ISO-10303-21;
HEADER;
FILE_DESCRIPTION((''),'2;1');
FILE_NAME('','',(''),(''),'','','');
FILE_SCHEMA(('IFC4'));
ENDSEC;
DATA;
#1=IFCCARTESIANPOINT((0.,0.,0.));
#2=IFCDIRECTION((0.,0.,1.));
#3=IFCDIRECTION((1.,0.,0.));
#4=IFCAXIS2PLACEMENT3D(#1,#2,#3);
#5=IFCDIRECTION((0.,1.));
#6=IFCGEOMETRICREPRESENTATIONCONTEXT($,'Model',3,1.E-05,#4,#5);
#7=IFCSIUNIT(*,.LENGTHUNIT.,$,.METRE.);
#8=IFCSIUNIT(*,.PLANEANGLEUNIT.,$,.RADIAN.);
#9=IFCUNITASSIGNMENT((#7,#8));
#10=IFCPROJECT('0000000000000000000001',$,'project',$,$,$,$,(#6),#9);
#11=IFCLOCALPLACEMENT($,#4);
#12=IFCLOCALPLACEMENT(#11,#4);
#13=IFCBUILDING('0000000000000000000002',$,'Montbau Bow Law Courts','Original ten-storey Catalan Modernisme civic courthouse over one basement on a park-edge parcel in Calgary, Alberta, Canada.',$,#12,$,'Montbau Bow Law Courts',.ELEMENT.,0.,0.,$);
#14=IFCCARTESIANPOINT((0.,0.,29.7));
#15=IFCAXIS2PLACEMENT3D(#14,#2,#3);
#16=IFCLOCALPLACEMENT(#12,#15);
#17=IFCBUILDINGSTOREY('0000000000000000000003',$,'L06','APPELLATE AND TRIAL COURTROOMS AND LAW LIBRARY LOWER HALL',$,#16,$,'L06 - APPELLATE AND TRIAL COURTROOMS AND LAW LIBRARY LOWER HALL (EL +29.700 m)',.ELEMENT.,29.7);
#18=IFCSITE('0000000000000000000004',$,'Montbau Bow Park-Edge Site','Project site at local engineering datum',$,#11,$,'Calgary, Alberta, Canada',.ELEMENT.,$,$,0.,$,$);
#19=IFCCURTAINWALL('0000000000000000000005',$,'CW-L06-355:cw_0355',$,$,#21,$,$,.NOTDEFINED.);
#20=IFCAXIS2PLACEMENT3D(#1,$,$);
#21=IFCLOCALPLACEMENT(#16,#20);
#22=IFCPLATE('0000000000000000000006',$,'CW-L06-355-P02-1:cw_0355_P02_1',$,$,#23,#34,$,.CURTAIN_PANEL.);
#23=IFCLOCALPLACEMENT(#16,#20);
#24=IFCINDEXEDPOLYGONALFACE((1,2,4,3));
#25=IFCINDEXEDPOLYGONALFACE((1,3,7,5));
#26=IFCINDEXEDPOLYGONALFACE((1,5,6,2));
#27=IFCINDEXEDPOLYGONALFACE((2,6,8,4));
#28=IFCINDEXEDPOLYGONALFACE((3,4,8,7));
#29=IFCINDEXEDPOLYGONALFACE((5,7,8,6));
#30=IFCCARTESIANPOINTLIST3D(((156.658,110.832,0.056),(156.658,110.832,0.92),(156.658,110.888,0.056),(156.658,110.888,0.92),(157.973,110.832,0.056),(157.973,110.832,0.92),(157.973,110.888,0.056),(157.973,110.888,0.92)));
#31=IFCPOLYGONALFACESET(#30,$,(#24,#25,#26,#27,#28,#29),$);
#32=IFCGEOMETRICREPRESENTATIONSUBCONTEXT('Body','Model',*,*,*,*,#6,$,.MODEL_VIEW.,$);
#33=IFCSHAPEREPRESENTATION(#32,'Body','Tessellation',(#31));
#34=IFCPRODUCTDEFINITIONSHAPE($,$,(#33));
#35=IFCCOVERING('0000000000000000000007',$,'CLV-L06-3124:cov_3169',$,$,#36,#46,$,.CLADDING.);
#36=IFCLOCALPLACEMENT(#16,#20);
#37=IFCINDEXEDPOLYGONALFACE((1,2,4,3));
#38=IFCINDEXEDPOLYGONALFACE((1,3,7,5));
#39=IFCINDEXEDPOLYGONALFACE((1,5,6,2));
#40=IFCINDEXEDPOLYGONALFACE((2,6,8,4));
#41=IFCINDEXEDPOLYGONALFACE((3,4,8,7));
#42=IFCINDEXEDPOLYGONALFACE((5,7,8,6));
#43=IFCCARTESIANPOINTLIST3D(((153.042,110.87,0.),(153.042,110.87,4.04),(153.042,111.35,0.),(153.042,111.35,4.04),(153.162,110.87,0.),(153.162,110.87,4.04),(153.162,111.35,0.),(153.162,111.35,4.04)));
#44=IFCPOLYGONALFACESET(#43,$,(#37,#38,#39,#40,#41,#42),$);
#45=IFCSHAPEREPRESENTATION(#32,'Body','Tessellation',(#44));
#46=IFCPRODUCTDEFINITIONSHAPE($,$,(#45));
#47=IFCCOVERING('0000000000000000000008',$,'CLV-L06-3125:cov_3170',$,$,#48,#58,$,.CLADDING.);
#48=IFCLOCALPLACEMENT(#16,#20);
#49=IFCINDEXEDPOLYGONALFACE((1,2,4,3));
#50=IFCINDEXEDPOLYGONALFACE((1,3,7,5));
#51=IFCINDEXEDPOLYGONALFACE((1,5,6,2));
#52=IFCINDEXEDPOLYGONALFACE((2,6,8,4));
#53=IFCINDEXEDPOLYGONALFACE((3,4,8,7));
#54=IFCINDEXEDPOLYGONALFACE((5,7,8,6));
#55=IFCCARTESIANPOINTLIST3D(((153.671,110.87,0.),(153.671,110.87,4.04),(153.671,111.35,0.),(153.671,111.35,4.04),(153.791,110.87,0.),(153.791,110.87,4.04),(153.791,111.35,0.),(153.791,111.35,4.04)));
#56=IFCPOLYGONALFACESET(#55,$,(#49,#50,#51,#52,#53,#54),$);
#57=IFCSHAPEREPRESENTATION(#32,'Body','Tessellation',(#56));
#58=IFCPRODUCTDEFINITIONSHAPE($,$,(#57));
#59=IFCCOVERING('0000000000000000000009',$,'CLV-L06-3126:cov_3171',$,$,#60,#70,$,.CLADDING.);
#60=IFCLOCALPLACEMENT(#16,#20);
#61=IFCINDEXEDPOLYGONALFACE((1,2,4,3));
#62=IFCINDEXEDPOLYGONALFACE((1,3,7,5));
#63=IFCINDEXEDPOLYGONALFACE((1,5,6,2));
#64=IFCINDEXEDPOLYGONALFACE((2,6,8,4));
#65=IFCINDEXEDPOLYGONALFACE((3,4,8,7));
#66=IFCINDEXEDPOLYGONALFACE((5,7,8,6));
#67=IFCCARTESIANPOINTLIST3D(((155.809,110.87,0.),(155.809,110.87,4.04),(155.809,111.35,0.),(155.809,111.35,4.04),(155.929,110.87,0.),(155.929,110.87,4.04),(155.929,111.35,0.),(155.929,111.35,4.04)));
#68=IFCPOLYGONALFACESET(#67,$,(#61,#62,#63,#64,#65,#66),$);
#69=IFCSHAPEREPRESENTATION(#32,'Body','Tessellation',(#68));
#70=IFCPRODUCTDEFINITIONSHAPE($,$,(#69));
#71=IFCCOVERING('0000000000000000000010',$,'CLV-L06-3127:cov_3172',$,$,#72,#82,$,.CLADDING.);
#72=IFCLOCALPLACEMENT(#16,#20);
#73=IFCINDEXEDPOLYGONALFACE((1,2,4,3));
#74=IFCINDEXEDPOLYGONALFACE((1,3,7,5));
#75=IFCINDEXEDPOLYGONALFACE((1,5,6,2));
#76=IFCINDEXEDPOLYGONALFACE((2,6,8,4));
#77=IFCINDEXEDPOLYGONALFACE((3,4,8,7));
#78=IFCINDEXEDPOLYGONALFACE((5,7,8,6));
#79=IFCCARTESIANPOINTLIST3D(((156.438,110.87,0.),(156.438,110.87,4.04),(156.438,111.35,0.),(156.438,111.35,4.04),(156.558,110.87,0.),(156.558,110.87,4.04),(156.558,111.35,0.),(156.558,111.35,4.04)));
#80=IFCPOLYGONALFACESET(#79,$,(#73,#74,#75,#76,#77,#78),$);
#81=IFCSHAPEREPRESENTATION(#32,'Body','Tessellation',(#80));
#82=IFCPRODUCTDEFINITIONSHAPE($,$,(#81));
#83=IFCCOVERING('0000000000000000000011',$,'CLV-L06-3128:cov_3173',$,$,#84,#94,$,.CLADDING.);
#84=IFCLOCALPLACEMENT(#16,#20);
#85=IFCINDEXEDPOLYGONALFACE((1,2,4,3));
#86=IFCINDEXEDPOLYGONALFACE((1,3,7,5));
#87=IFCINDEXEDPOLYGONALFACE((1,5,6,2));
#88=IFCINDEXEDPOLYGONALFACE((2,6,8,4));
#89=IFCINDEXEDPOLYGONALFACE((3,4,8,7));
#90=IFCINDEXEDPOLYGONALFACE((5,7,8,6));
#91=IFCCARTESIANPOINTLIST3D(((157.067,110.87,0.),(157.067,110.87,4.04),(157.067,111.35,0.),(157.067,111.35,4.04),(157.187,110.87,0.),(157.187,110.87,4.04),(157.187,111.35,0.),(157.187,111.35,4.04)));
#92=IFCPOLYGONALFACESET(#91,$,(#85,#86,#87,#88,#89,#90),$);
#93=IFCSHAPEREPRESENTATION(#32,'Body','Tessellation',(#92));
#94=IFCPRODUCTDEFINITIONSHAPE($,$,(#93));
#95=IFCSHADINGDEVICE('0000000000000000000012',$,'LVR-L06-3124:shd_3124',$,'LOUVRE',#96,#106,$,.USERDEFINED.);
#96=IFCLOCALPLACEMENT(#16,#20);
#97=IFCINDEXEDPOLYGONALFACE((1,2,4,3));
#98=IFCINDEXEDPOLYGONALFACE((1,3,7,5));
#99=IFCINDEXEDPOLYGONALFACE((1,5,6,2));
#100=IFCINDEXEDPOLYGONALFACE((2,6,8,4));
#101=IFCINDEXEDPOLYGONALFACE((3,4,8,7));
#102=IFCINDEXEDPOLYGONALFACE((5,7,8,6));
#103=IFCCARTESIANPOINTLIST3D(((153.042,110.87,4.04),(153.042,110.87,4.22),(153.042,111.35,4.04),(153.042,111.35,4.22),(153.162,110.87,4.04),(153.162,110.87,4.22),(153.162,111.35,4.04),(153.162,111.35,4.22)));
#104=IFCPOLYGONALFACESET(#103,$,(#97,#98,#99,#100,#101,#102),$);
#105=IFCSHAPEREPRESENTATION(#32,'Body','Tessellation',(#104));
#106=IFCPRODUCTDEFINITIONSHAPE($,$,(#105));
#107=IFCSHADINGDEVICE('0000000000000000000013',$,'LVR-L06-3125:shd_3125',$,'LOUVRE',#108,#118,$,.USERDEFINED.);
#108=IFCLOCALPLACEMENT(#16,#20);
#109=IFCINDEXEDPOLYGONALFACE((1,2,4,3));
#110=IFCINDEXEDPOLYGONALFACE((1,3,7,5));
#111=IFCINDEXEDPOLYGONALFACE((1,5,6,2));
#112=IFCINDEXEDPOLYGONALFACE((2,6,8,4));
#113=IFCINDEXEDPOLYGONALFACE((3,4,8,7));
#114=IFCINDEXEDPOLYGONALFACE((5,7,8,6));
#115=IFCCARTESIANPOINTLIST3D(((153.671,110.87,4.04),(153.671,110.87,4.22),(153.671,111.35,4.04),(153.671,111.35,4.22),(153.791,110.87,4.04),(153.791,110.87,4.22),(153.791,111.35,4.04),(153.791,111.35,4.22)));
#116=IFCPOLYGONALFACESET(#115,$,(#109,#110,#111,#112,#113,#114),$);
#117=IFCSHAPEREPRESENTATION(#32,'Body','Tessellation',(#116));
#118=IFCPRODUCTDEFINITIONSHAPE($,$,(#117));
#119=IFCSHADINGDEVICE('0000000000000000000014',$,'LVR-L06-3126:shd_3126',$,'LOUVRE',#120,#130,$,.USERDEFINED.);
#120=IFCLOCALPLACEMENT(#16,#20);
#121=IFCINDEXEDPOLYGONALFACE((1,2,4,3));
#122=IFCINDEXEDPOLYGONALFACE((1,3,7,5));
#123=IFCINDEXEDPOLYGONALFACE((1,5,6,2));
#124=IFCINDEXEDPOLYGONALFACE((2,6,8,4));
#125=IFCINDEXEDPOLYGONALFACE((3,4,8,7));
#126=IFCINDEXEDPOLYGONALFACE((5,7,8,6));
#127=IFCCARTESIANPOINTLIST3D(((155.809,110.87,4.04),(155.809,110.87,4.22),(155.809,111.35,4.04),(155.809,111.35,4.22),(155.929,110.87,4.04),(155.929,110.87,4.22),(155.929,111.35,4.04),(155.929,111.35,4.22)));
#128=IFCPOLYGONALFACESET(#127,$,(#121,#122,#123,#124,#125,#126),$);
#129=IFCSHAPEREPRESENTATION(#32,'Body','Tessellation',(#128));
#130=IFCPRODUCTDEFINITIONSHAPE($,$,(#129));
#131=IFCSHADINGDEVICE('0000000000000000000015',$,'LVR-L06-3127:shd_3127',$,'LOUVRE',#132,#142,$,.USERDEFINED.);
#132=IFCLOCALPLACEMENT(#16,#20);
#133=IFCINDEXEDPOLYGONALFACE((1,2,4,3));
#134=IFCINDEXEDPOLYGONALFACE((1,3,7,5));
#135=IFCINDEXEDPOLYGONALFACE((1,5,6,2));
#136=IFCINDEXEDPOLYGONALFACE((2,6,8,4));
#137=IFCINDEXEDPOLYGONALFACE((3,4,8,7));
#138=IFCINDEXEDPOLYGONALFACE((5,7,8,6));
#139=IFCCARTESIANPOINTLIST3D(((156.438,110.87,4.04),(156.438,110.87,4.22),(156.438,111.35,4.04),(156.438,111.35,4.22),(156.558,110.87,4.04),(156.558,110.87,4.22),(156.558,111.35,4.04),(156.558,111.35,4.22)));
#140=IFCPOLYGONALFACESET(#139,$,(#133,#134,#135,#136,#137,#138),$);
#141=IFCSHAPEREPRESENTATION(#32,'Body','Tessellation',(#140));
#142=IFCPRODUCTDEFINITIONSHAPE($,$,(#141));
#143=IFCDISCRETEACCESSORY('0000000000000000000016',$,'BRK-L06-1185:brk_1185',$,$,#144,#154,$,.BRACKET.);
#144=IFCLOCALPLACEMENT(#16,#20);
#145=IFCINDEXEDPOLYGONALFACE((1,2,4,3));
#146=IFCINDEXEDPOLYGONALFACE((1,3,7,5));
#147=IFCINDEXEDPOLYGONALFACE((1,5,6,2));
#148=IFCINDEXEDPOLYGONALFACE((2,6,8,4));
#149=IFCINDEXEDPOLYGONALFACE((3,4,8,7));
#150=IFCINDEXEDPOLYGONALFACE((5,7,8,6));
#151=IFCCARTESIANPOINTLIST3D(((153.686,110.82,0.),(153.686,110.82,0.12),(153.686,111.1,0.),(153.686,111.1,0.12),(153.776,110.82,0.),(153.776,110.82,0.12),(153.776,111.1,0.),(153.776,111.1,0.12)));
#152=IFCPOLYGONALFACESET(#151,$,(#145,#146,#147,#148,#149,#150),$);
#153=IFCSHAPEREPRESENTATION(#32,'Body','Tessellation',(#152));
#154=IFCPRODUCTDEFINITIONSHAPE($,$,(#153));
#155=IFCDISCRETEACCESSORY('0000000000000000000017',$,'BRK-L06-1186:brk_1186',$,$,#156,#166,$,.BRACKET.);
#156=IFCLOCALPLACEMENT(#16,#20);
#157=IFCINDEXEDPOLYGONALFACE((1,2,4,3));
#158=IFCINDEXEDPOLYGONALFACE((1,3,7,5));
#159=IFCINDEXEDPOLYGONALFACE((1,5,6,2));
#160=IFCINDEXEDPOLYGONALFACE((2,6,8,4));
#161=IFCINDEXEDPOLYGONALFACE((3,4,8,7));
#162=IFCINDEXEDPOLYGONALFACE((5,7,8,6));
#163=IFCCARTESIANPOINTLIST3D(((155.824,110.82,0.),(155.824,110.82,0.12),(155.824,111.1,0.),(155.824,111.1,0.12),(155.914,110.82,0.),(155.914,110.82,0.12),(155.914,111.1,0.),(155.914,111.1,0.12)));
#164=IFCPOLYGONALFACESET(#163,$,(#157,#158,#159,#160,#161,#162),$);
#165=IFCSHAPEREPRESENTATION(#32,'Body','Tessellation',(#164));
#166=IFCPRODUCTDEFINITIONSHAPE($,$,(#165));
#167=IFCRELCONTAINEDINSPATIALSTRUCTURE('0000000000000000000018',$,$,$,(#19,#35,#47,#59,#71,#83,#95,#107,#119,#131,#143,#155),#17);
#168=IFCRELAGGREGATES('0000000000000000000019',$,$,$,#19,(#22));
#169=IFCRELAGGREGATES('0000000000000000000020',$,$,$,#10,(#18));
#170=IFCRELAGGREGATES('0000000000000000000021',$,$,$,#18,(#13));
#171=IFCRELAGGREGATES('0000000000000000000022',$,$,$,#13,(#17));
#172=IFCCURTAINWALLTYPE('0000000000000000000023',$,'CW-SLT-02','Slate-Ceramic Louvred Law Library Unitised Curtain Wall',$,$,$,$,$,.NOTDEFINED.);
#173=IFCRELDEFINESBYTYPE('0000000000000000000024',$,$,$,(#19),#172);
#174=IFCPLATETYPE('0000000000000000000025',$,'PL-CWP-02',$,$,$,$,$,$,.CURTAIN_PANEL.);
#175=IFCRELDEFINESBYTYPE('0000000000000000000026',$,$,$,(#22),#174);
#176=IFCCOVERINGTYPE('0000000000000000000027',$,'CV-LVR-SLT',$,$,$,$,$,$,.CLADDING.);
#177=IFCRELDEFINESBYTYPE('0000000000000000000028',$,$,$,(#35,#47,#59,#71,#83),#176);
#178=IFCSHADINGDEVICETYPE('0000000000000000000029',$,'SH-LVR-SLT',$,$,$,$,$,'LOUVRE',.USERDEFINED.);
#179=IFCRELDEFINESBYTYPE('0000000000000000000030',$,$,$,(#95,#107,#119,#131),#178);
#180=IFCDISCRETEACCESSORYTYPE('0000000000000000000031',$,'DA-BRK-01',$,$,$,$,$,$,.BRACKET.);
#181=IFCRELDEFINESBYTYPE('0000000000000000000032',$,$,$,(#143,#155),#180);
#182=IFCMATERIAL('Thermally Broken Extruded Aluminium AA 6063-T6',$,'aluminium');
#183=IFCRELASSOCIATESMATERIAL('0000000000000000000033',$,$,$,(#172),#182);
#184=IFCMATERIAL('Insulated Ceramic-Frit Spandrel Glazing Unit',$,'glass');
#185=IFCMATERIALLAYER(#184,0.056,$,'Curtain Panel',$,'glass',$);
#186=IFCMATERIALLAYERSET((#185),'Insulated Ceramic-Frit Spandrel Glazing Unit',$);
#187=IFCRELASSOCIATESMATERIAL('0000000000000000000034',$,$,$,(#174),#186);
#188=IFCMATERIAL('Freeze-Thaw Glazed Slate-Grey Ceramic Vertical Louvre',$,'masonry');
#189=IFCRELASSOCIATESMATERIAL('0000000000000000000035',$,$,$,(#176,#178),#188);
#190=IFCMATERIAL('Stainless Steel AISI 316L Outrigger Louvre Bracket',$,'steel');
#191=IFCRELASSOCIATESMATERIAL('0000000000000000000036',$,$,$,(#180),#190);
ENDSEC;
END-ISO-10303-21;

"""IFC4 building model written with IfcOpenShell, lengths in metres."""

from ifc_helpers import new_model, si_unit, direction, frame, frame_2d, origin_with_axes, origin_2d_with_axis, place, context, subcontext, project, spatial, rectangle, extrude, material, layer, layer_set, type_object, element, aggregate, save


model = new_model("IFC4")

# Units and contexts
model_context = context("Model", 3, precision=1e-05, world=origin_with_axes(), true_north=direction((0.0, 1.0)))
body_context = subcontext(model_context, "Body", "Model", "MODEL_VIEW")
ifc_project = project(units=[si_unit("LENGTHUNIT", "METRE"), si_unit("PLANEANGLEUNIT", "RADIAN")], contexts=[model_context])

# Site, building, storey
site_placement = place(None, origin_with_axes())
site = spatial("IfcSite", under=ifc_project, at=site_placement, Name="Montbau Bow Park-Edge Site", Description="Project site at local engineering datum", LongName="Calgary, Alberta, Canada", CompositionType="ELEMENT", RefElevation=0.0)
building_placement = place(site_placement, origin_with_axes())
building = spatial("IfcBuilding", under=site, at=building_placement, Name="Montbau Bow Law Courts", Description="Original ten-storey Catalan Modernisme civic courthouse over one basement on a park-edge parcel in Calgary, Alberta, Canada.", LongName="Montbau Bow Law Courts", CompositionType="ELEMENT", ElevationOfRefHeight=0.0, ElevationOfTerrain=0.0)
storey_placement = place(building_placement, frame((0.0, 0.0, 29.7), z_axis=(0.0, 0.0, 1.0), x_axis=(1.0, 0.0, 0.0)))
storey = spatial("IfcBuildingStorey", under=building, at=storey_placement, Name="L06", Description="APPELLATE AND TRIAL COURTROOMS AND LAW LIBRARY LOWER HALL", LongName="L06 - APPELLATE AND TRIAL COURTROOMS AND LAW LIBRARY LOWER HALL (EL +29.700 m)", CompositionType="ELEMENT", Elevation=29.7)

# Shared definitions
ifc_material_1 = material(Name="Thermally Broken Extruded Aluminium AA 6063-T6", Category="aluminium")
curtain_wall_type = type_object("IfcCurtainWallType", Name="CW-SLT-02", Description="Slate-Ceramic Louvred Law Library Unitised Curtain Wall", PredefinedType="NOTDEFINED", material=ifc_material_1)

# Curtain wall, plate
curtain_wall_1_placement = place(None, frame((155.24, 110.86, 29.7), z_axis=(0.0, 0.0, 1.0), x_axis=(1.0, 0.0, 0.0)))
curtain_wall_1 = element("IfcCurtainWall", 1, at=curtain_wall_1_placement, inside=storey, type_object=curtain_wall_type, Name="CW-L06-355:cw_0355", PredefinedType="NOTDEFINED")
ifc_material_2 = material(Name="Insulated Ceramic-Frit Spandrel Glazing Unit", Category="glass")
ifc_layer_1 = layer(ifc_material_2, 0.056, Name="Curtain Panel", Category="glass")
ifc_layer_set_1 = layer_set([ifc_layer_1], Name="Insulated Ceramic-Frit Spandrel Glazing Unit")
plate_type_1 = type_object("IfcPlateType", Name="PL-CWP-02", PredefinedType="CURTAIN_PANEL", material=ifc_layer_set_1)
plate_1_placement = place(None, frame((156.658, 110.86, 29.756), z_axis=(0.0, -1.0, 0.0), x_axis=(1.0, 0.0, 0.0)))
plate_1 = element("IfcPlate", 2, at=plate_1_placement, type_object=plate_type_1, Name="CW-L06-355-P02-1:cw_0355_P02_1", PredefinedType="CURTAIN_PANEL", context=body_context, shape_type="SweptSolid", body=[
    extrude(rectangle(XDim=1.315, YDim=0.864, at=frame_2d((0.6575, 0.432), x_axis=(1.0, 0.0))), frame((0.0, 0.0, -0.028), z_axis=(0.0, 0.0, 1.0), x_axis=(1.0, 0.0, 0.0)), (0.0, 0.0, 1.0), 0.056),
])
aggregate(curtain_wall_1, [plate_1])

# Coverings
ifc_material_3 = material(Name="Freeze-Thaw Glazed Slate-Grey Ceramic Vertical Louvre", Category="masonry")
covering_type = type_object("IfcCoveringType", Name="CV-LVR-SLT", PredefinedType="CLADDING", material=ifc_material_3)
for number, where, z_axis, x_axis, name in (
    (3, (153.102, 110.87, 29.7), (1.0, 0.0, 0.0), (0.0, 1.0, 0.0), "CLV-L06-3124:cov_3169"),
    (4, (153.731, 110.87, 29.7), (1.0, 0.0, 0.0), (0.0, 1.0, 0.0), "CLV-L06-3125:cov_3170"),
    (5, (155.869, 110.87, 29.7), (1.0, 0.0, 0.0), (0.0, 1.0, 0.0), "CLV-L06-3126:cov_3171"),
    (6, (156.498, 110.87, 29.7), (1.0, 0.0, 0.0), (0.0, 1.0, 0.0), "CLV-L06-3127:cov_3172"),
    (7, (157.127, 110.87, 29.7), (1.0, 0.0, 0.0), (0.0, 1.0, 0.0), "CLV-L06-3128:cov_3173"),
):
    element("IfcCovering", number, at=place(None, frame(where, z_axis=z_axis, x_axis=x_axis)), inside=storey, type_object=covering_type, Name=name, PredefinedType="CLADDING", context=body_context, shape_type="SweptSolid", body=[
        extrude(rectangle(XDim=0.48, YDim=4.04, at=frame_2d((0.24, 2.02), x_axis=(1.0, 0.0))), frame((0.0, 0.0, -0.06), z_axis=(0.0, 0.0, 1.0), x_axis=(1.0, 0.0, 0.0)), (0.0, 0.0, 1.0), 0.12),
    ])

# Shading devices
shading_device_type = type_object("IfcShadingDeviceType", Name="SH-LVR-SLT", ElementType="LOUVRE", PredefinedType="USERDEFINED", material=ifc_material_3)
for number, where, z_axis, x_axis, name in (
    (8, (153.102, 111.11, 33.74), (0.0, 0.0, 1.0), (0.0, 1.0, 0.0), "LVR-L06-3124:shd_3124"),
    (9, (153.731, 111.11, 33.74), (0.0, 0.0, 1.0), (0.0, 1.0, 0.0), "LVR-L06-3125:shd_3125"),
    (10, (155.869, 111.11, 33.74), (0.0, 0.0, 1.0), (0.0, 1.0, 0.0), "LVR-L06-3126:shd_3126"),
    (11, (156.498, 111.11, 33.74), (0.0, 0.0, 1.0), (0.0, 1.0, 0.0), "LVR-L06-3127:shd_3127"),
):
    element("IfcShadingDevice", number, at=place(None, frame(where, z_axis=z_axis, x_axis=x_axis)), inside=storey, type_object=shading_device_type, Name=name, ObjectType="LOUVRE", PredefinedType="USERDEFINED", context=body_context, shape_type="SweptSolid", body=[
        extrude(rectangle(XDim=0.48, YDim=0.12, at=origin_2d_with_axis()), origin_with_axes(), (0.0, 0.0, 1.0), 0.18),
    ])

# Discrete accessories
ifc_material_4 = material(Name="Stainless Steel AISI 316L Outrigger Louvre Bracket", Category="steel")
discrete_accessory_type = type_object("IfcDiscreteAccessoryType", Name="DA-BRK-01", PredefinedType="BRACKET", material=ifc_material_4)
for number, where, z_axis, x_axis, name in (
    (12, (153.731, 110.96, 29.7), (0.0, 0.0, 1.0), (0.0, 1.0, 0.0), "BRK-L06-1185:brk_1185"),
    (13, (155.869, 110.96, 29.7), (0.0, 0.0, 1.0), (0.0, 1.0, 0.0), "BRK-L06-1186:brk_1186"),
):
    element("IfcDiscreteAccessory", number, at=place(None, frame(where, z_axis=z_axis, x_axis=x_axis)), inside=storey, type_object=discrete_accessory_type, Name=name, PredefinedType="BRACKET", context=body_context, shape_type="SweptSolid", body=[
        extrude(rectangle(XDim=0.28, YDim=0.09, at=origin_2d_with_axis()), origin_with_axes(), (0.0, 0.0, 1.0), 0.12),
    ])

save(model, "model.ifc")
